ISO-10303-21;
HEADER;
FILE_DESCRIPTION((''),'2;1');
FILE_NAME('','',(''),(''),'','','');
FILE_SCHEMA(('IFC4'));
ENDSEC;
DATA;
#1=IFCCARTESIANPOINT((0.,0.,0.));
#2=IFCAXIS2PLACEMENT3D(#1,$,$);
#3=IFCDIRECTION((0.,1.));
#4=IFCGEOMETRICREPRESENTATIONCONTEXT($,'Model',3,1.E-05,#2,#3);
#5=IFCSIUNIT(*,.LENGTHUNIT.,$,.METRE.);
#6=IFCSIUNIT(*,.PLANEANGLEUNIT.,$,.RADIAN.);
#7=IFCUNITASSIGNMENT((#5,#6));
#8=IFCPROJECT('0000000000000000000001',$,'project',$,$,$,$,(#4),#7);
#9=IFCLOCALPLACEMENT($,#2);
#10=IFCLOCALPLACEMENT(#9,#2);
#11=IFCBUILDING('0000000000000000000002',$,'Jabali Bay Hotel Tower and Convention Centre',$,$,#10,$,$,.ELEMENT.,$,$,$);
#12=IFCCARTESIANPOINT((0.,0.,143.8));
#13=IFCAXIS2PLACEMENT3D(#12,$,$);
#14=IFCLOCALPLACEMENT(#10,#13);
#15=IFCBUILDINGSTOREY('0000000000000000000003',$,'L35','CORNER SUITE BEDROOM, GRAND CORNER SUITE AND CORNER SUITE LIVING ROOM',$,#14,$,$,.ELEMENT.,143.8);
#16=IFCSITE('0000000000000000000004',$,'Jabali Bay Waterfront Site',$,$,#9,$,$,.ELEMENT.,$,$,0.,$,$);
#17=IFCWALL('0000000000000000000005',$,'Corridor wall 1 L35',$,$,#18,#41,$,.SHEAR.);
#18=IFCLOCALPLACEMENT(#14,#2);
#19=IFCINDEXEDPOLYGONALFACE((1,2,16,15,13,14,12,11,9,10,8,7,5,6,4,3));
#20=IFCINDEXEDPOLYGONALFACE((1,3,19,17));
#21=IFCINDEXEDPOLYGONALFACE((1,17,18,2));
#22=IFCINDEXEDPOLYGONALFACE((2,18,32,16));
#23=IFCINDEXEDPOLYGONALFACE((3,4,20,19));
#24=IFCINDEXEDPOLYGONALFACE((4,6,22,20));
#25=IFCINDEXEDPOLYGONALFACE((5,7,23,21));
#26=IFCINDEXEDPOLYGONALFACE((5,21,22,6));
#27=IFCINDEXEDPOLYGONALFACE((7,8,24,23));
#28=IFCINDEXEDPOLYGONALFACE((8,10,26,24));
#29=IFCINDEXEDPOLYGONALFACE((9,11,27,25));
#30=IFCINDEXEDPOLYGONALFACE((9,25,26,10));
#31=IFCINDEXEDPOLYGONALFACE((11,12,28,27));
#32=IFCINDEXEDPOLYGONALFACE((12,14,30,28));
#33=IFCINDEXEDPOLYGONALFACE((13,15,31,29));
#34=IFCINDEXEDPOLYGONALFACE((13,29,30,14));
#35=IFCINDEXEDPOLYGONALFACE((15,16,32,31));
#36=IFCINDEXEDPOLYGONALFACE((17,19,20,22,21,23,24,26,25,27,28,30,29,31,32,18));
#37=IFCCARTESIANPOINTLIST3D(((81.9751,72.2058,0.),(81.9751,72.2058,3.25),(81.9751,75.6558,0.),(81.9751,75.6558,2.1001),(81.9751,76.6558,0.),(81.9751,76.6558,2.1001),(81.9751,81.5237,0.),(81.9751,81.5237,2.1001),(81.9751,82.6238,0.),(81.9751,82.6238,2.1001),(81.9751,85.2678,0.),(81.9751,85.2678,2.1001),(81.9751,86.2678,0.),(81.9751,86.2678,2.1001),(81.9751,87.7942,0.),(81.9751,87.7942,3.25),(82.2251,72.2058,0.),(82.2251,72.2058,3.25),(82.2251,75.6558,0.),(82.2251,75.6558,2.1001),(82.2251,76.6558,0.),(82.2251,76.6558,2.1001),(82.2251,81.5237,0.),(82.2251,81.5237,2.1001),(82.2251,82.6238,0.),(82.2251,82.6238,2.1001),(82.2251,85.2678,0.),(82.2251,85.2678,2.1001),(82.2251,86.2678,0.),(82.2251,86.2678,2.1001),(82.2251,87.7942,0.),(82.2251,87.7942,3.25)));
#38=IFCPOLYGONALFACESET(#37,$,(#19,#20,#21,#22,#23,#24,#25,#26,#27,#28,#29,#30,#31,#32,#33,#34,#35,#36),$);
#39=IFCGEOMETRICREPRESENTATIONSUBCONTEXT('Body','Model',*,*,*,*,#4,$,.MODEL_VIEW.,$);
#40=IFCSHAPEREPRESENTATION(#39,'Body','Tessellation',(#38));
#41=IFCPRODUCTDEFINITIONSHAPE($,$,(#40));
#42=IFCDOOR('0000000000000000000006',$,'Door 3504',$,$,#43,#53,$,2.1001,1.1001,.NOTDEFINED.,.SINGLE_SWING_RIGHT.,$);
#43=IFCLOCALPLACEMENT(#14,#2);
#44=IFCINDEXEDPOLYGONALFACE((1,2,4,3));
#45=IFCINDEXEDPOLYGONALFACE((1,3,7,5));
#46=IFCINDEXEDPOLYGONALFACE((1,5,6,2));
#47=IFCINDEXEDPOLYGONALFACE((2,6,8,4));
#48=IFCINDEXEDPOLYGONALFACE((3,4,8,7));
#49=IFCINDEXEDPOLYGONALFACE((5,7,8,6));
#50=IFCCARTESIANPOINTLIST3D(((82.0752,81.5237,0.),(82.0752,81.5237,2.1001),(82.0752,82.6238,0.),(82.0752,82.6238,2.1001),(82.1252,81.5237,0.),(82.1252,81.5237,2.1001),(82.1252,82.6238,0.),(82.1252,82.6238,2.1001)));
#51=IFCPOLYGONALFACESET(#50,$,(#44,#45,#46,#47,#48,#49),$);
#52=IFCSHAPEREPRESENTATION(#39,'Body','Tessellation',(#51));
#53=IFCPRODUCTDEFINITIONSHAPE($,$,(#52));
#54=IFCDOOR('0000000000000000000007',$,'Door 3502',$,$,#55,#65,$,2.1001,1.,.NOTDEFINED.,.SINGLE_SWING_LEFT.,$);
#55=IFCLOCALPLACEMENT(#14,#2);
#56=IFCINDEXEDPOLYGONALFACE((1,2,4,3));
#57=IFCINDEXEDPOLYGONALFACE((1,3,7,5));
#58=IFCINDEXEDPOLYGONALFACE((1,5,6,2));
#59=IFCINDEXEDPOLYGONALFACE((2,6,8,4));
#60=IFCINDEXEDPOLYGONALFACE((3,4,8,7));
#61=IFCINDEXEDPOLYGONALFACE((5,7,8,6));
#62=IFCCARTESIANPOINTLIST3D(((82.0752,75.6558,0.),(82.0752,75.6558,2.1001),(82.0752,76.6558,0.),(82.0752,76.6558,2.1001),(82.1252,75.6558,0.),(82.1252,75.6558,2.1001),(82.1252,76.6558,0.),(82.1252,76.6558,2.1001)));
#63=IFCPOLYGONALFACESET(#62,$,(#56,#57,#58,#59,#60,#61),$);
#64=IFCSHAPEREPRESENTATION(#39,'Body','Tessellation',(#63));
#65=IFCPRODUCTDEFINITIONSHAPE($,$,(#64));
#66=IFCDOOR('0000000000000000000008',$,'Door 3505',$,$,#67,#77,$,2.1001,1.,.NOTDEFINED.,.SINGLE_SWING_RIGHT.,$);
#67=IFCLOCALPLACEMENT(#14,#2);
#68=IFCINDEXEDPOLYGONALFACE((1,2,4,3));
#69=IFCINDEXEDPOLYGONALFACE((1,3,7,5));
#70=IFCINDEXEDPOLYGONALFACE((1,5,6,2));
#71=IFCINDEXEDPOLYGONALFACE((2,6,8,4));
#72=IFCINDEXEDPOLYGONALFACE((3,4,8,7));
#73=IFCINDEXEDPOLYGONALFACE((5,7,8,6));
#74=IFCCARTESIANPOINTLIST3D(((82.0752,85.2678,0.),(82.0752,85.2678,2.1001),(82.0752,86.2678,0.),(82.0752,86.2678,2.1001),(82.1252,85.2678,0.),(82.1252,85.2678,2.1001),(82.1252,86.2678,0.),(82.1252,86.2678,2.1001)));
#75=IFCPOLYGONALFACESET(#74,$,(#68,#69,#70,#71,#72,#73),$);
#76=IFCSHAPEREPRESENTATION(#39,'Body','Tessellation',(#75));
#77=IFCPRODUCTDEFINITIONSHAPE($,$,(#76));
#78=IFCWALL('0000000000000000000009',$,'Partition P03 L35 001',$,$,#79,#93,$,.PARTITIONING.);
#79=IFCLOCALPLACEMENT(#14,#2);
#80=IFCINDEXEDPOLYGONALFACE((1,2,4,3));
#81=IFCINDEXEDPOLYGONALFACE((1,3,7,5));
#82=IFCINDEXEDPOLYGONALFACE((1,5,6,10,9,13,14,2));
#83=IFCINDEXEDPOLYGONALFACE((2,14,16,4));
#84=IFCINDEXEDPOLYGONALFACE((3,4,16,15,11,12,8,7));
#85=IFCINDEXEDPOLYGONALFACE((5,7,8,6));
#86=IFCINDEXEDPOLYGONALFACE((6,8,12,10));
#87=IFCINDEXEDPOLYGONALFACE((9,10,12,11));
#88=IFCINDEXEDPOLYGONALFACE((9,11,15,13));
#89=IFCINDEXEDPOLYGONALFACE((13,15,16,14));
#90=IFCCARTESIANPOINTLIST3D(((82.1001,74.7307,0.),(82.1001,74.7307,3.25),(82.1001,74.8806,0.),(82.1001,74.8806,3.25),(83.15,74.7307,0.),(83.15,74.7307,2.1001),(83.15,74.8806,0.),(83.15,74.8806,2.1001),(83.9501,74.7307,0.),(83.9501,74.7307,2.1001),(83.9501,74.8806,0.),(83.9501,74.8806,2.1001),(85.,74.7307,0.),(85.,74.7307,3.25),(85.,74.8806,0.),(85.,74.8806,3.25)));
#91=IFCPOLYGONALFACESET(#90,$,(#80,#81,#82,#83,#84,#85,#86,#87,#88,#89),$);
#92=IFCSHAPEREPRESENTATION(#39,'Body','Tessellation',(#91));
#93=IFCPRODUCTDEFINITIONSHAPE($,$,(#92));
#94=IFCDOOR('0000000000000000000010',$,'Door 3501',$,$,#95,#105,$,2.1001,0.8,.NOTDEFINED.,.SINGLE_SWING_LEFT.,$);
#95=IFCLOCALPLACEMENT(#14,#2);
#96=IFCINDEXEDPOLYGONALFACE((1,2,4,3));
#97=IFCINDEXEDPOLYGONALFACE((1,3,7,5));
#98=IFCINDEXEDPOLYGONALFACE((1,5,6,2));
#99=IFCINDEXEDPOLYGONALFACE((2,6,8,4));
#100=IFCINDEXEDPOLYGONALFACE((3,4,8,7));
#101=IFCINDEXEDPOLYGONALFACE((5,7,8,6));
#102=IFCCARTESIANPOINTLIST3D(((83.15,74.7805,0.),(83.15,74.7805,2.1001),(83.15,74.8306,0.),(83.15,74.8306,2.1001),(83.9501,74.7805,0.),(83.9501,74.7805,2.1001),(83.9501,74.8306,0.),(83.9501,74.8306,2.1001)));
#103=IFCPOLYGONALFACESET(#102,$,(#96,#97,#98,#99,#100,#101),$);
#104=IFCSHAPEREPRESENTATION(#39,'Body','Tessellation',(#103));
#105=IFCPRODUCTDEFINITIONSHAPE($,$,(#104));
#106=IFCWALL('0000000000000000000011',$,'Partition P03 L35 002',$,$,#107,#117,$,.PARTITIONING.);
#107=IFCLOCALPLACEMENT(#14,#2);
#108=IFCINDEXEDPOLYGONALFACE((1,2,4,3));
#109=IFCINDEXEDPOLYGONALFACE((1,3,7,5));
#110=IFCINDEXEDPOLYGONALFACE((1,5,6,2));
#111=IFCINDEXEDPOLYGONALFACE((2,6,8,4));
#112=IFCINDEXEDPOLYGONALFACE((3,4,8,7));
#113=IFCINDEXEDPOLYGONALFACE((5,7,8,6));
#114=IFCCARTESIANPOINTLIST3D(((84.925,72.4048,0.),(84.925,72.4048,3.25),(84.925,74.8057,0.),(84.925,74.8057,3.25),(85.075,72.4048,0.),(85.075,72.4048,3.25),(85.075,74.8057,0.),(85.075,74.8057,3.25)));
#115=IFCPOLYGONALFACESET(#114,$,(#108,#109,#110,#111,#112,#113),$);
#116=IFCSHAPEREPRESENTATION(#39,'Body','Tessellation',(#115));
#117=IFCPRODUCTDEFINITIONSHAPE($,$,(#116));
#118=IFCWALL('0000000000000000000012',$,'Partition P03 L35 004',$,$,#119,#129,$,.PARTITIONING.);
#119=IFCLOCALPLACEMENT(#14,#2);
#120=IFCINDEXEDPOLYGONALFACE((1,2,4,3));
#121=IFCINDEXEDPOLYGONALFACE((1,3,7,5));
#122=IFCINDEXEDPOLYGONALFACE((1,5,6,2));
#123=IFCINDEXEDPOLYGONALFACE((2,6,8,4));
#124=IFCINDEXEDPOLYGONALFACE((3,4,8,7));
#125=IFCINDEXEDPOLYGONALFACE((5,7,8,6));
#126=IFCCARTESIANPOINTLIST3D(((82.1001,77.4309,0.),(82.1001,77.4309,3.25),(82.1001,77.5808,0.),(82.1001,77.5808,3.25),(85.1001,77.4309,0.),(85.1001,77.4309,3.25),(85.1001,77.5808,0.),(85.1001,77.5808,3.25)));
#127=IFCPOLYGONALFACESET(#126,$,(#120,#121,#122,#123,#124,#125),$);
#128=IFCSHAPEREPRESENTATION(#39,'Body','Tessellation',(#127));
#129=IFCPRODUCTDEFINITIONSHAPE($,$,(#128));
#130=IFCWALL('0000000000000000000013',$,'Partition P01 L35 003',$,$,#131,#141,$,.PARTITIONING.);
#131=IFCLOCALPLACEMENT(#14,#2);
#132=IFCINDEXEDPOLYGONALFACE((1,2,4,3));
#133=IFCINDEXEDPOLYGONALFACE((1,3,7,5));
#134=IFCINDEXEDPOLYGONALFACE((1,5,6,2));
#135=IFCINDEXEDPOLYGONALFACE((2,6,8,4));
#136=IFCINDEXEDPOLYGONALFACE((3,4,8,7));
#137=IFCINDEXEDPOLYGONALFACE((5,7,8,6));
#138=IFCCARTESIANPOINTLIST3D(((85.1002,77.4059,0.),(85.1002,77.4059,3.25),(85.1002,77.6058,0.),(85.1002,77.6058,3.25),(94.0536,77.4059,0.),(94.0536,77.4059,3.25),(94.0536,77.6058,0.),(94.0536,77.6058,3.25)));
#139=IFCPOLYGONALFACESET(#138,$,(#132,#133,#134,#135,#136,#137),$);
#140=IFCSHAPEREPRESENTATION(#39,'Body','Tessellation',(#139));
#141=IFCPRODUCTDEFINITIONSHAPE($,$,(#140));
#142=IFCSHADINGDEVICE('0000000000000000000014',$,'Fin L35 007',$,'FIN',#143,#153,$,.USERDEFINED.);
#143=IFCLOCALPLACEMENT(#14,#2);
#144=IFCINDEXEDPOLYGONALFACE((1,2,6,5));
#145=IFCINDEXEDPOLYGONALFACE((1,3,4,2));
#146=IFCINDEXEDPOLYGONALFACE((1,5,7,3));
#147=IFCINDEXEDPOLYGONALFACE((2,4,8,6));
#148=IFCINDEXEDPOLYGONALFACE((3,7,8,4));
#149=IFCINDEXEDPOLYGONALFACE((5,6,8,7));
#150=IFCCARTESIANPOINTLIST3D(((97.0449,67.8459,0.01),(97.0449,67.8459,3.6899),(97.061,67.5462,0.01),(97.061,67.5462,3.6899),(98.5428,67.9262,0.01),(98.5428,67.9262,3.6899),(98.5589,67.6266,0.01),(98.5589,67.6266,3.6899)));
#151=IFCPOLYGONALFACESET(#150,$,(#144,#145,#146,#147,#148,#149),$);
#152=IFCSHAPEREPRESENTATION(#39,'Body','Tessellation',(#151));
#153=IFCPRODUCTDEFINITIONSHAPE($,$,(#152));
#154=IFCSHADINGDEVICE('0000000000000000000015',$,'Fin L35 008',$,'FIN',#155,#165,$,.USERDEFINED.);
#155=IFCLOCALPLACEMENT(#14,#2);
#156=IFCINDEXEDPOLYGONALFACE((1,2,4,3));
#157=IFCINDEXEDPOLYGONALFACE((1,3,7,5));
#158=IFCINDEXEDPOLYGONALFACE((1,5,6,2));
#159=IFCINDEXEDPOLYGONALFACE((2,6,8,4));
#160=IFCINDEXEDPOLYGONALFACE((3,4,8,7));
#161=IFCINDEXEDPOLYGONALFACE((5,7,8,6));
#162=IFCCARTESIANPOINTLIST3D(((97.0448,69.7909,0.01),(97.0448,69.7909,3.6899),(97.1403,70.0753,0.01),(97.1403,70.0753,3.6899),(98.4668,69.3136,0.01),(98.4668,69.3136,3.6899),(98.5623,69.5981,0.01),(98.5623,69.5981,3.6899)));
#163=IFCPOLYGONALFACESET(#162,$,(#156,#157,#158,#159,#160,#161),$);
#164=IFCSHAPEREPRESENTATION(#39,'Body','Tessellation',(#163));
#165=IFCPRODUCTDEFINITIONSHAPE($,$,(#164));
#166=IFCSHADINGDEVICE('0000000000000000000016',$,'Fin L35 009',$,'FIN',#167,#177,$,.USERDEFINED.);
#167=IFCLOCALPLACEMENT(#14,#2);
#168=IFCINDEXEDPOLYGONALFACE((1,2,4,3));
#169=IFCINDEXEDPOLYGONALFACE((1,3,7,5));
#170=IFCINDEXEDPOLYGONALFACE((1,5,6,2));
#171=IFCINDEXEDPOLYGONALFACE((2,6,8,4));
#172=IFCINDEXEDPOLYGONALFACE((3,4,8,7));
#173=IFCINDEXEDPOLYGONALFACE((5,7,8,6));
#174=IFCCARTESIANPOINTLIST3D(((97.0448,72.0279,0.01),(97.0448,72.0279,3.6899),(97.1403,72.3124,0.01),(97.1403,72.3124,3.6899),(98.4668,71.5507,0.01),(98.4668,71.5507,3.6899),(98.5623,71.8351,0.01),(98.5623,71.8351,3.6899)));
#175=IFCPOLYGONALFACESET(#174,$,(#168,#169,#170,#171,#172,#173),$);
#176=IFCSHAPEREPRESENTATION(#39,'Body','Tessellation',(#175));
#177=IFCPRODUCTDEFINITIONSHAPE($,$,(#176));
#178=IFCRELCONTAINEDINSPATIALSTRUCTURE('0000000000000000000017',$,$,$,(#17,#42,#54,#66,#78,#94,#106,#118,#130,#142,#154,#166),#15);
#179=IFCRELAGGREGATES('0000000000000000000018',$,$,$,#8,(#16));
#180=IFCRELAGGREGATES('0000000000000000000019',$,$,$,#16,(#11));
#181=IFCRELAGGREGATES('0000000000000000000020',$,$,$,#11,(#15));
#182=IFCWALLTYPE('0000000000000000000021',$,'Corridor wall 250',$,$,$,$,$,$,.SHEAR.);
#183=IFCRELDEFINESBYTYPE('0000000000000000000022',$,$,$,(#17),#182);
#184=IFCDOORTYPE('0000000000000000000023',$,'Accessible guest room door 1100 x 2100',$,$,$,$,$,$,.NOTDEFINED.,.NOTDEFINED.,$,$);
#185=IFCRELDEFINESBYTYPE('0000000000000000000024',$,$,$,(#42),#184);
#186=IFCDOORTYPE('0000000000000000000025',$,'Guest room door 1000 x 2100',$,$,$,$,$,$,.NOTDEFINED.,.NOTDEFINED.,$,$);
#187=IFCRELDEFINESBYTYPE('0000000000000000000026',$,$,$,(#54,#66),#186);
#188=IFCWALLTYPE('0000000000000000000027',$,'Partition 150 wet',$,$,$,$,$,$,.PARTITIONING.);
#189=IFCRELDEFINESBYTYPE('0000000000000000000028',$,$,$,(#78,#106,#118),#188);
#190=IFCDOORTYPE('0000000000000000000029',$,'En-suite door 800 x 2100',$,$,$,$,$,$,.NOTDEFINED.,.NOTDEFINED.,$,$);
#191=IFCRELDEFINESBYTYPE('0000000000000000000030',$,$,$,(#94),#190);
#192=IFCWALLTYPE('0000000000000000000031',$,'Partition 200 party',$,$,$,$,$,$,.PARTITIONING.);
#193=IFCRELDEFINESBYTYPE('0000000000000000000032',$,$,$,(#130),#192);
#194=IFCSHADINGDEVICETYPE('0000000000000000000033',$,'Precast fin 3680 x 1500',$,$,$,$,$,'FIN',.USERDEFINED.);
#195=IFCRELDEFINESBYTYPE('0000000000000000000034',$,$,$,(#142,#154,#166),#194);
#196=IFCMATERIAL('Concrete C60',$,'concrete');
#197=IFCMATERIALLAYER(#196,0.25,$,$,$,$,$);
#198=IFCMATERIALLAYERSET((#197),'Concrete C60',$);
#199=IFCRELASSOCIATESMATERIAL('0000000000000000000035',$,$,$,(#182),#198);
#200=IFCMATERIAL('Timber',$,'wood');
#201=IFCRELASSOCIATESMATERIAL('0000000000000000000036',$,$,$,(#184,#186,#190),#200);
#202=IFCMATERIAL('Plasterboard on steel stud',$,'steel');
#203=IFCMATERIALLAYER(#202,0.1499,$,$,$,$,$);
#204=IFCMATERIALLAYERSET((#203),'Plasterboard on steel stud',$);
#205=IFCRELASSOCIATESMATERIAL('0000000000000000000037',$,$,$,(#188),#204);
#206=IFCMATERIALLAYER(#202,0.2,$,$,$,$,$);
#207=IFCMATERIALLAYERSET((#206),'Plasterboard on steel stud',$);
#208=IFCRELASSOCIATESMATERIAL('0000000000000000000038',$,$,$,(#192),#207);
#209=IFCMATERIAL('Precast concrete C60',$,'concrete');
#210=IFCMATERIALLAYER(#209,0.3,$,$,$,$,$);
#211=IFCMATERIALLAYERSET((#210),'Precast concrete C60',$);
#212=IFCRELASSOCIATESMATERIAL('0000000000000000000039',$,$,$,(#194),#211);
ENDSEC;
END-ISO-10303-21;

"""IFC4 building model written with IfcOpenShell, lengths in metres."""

from ifc_helpers import new_model, si_unit, direction, frame, frame_2d, origin, place, context, subcontext, project, spatial, rectangle, extrude, material, layer, layer_set, type_object, element, fill, save


model = new_model("IFC4")

# Units and contexts
model_context = context("Model", 3, precision=1e-05, world=origin(), true_north=direction((0.0, 1.0)))
body_context = subcontext(model_context, "Body", "Model", "MODEL_VIEW")
ifc_project = project(units=[si_unit("LENGTHUNIT", "METRE"), si_unit("PLANEANGLEUNIT", "RADIAN")], contexts=[model_context])

# Site, building, storey
site_placement = place(None, origin())
site = spatial("IfcSite", under=ifc_project, at=site_placement, Name="Jabali Bay Waterfront Site", CompositionType="ELEMENT", RefElevation=0.0)
building_placement = place(site_placement, origin())
building = spatial("IfcBuilding", under=site, at=building_placement, Name="Jabali Bay Hotel Tower and Convention Centre", CompositionType="ELEMENT")
storey_placement = place(building_placement, frame((0.0, 0.0, 143.8)))
storey = spatial("IfcBuildingStorey", under=building, at=storey_placement, Name="L35", Description="CORNER SUITE BEDROOM, GRAND CORNER SUITE AND CORNER SUITE LIVING ROOM", CompositionType="ELEMENT", Elevation=143.8)

# Shared definitions
ifc_material_1 = material(Name="Concrete C60", Category="concrete")

# Wall, openings, doors
ifc_layer_1 = layer(ifc_material_1, 0.25)
ifc_layer_set_1 = layer_set([ifc_layer_1], Name="Concrete C60")
wall_type_1 = type_object("IfcWallType", Name="Corridor wall 250", PredefinedType="SHEAR", material=ifc_layer_set_1)
wall_1_placement = place(storey_placement, frame((82.1001, 72.2058, 0.0), z_axis=(0.0, 0.0, 1.0), x_axis=(0.0, 1.0, 0.0)))
wall_1 = element("IfcWall", 1, at=wall_1_placement, inside=storey, type_object=wall_type_1, Name="Corridor wall 1 L35", PredefinedType="SHEAR", context=body_context, shape_type="SweptSolid", body=[
    extrude(rectangle(XDim=15.5884, YDim=0.25, at=frame_2d((7.7942, 0.0))), origin(), (0.0, 0.0, 1.0), 3.25),
])
opening_1_placement = place(wall_1_placement, frame((3.45, 0.0, 0.0)))
opening_1 = element("IfcOpeningElement", 2, at=opening_1_placement, cuts=wall_1, PredefinedType="OPENING", context=body_context, shape_type="SweptSolid", body=[
    extrude(rectangle(XDim=1.0, YDim=2.1001, at=frame_2d((0.5, 1.05))), frame((0.0, 0.1355, 0.0), z_axis=(0.0, -1.0, 0.0), x_axis=(1.0, 0.0, 0.0)), (0.0, 0.0, 1.0), 0.271),
])
opening_2_placement = place(wall_1_placement, frame((9.3179, 0.0, 0.0)))
opening_2 = element("IfcOpeningElement", 3, at=opening_2_placement, cuts=wall_1, PredefinedType="OPENING", context=body_context, shape_type="SweptSolid", body=[
    extrude(rectangle(XDim=1.1001, YDim=2.1001, at=frame_2d((0.55, 1.05))), frame((0.0, 0.1355, 0.0), z_axis=(0.0, -1.0, 0.0), x_axis=(1.0, 0.0, 0.0)), (0.0, 0.0, 1.0), 0.271),
])
opening_3_placement = place(wall_1_placement, frame((13.062, 0.0, 0.0)))
opening_3 = element("IfcOpeningElement", 4, at=opening_3_placement, cuts=wall_1, PredefinedType="OPENING", context=body_context, shape_type="SweptSolid", body=[
    extrude(rectangle(XDim=1.0, YDim=2.1001, at=frame_2d((0.5, 1.05))), frame((0.0, 0.1355, 0.0), z_axis=(0.0, -1.0, 0.0), x_axis=(1.0, 0.0, 0.0)), (0.0, 0.0, 1.0), 0.271),
])
ifc_material_2 = material(Name="Timber", Category="wood")
door_type_1 = type_object("IfcDoorType", Name="Accessible guest room door 1100 x 2100", OperationType="NOTDEFINED", PredefinedType="NOTDEFINED", material=ifc_material_2)
door_1_placement = place(opening_2_placement, origin())
door_1 = element("IfcDoor", 5, at=door_1_placement, inside=storey, type_object=door_type_1, Name="Door 3504", OperationType="SINGLE_SWING_RIGHT", OverallHeight=2.1001, OverallWidth=1.1001, PredefinedType="NOTDEFINED", context=body_context, shape_type="SweptSolid", body=[
    extrude(rectangle(XDim=1.1001, YDim=2.1001, at=frame_2d((0.55, 1.05))), frame((0.0, 0.0249, 0.0), z_axis=(0.0, -1.0, 0.0), x_axis=(1.0, 0.0, 0.0)), (0.0, 0.0, 1.0), 0.05),
])
fill(opening_2, door_1)
door_type_2 = type_object("IfcDoorType", Name="Guest room door 1000 x 2100", OperationType="NOTDEFINED", PredefinedType="NOTDEFINED", material=ifc_material_2)
door_2_placement = place(opening_1_placement, origin())
door_2 = element("IfcDoor", 6, at=door_2_placement, inside=storey, type_object=door_type_2, Name="Door 3502", OperationType="SINGLE_SWING_LEFT", OverallHeight=2.1001, OverallWidth=1.0, PredefinedType="NOTDEFINED", context=body_context, shape_type="SweptSolid", body=[
    extrude(rectangle(XDim=1.0, YDim=2.1001, at=frame_2d((0.5, 1.05))), frame((0.0, 0.0249, 0.0), z_axis=(0.0, -1.0, 0.0), x_axis=(1.0, 0.0, 0.0)), (0.0, 0.0, 1.0), 0.05),
])
fill(opening_1, door_2)
door_3_placement = place(opening_3_placement, origin())
door_3 = element("IfcDoor", 7, at=door_3_placement, inside=storey, type_object=door_type_2, Name="Door 3505", OperationType="SINGLE_SWING_RIGHT", OverallHeight=2.1001, OverallWidth=1.0, PredefinedType="NOTDEFINED", context=body_context, shape_type="SweptSolid", body=[
    extrude(rectangle(XDim=1.0, YDim=2.1001, at=frame_2d((0.5, 1.05))), frame((0.0, 0.0249, 0.0), z_axis=(0.0, -1.0, 0.0), x_axis=(1.0, 0.0, 0.0)), (0.0, 0.0, 1.0), 0.05),
])
fill(opening_3, door_3)

# Wall, opening, door
ifc_material_3 = material(Name="Plasterboard on steel stud", Category="steel")
ifc_layer_2 = layer(ifc_material_3, 0.1499)
ifc_layer_set_2 = layer_set([ifc_layer_2], Name="Plasterboard on steel stud")
wall_type_2 = type_object("IfcWallType", Name="Partition 150 wet", PredefinedType="PARTITIONING", material=ifc_layer_set_2)
wall_2_placement = place(storey_placement, frame((82.1001, 74.8057, 0.0), z_axis=(0.0, 0.0, 1.0), x_axis=(1.0, 0.0, 0.0)))
wall_2 = element("IfcWall", 8, at=wall_2_placement, inside=storey, type_object=wall_type_2, Name="Partition P03 L35 001", PredefinedType="PARTITIONING", context=body_context, shape_type="SweptSolid", body=[
    extrude(rectangle(XDim=2.8999, YDim=0.1499, at=frame_2d((1.45, 0.0))), origin(), (0.0, 0.0, 1.0), 3.25),
])
opening_4_placement = place(wall_2_placement, frame((1.05, 0.0, 0.0)))
opening_4 = element("IfcOpeningElement", 9, at=opening_4_placement, cuts=wall_2, PredefinedType="OPENING", context=body_context, shape_type="SweptSolid", body=[
    extrude(rectangle(XDim=0.8, YDim=2.1001, at=frame_2d((0.3999, 1.05))), frame((0.0, 0.0854, 0.0), z_axis=(0.0, -1.0, 0.0), x_axis=(1.0, 0.0, 0.0)), (0.0, 0.0, 1.0), 0.1709),
])
door_type_3 = type_object("IfcDoorType", Name="En-suite door 800 x 2100", OperationType="NOTDEFINED", PredefinedType="NOTDEFINED", material=ifc_material_2)
door_4_placement = place(opening_4_placement, origin())
door_4 = element("IfcDoor", 10, at=door_4_placement, inside=storey, type_object=door_type_3, Name="Door 3501", OperationType="SINGLE_SWING_LEFT", OverallHeight=2.1001, OverallWidth=0.8, PredefinedType="NOTDEFINED", context=body_context, shape_type="SweptSolid", body=[
    extrude(rectangle(XDim=0.8, YDim=2.1001, at=frame_2d((0.3999, 1.05))), frame((0.0, 0.0249, 0.0), z_axis=(0.0, -1.0, 0.0), x_axis=(1.0, 0.0, 0.0)), (0.0, 0.0, 1.0), 0.05),
])
fill(opening_4, door_4)

# Walls
wall_3_placement = place(storey_placement, frame((85.0, 74.8057, 0.0), z_axis=(0.0, 0.0, 1.0), x_axis=(0.0, -1.0, 0.0)))
element("IfcWall", 11, at=wall_3_placement, inside=storey, type_object=wall_type_2, Name="Partition P03 L35 002", PredefinedType="PARTITIONING", context=body_context, shape_type="SweptSolid", body=[
    extrude(rectangle(XDim=2.4009, YDim=0.1499, at=frame_2d((1.2004, 0.0))), origin(), (0.0, 0.0, 1.0), 3.25),
])
wall_4_placement = place(storey_placement, frame((85.1001, 77.5059, 0.0), z_axis=(0.0, 0.0, 1.0), x_axis=(-1.0, 0.0, 0.0)))
element("IfcWall", 12, at=wall_4_placement, inside=storey, type_object=wall_type_2, Name="Partition P03 L35 004", PredefinedType="PARTITIONING", context=body_context, shape_type="SweptSolid", body=[
    extrude(rectangle(XDim=3.0, YDim=0.1499, at=frame_2d((1.5, 0.0))), origin(), (0.0, 0.0, 1.0), 3.25),
])
ifc_layer_3 = layer(ifc_material_3, 0.2)
ifc_layer_set_3 = layer_set([ifc_layer_3], Name="Plasterboard on steel stud")
wall_type_3 = type_object("IfcWallType", Name="Partition 200 party", PredefinedType="PARTITIONING", material=ifc_layer_set_3)
wall_5_placement = place(storey_placement, frame((94.0535, 77.5059, 0.0), z_axis=(0.0, 0.0, 1.0), x_axis=(-1.0, 0.0, 0.0)))
element("IfcWall", 13, at=wall_5_placement, inside=storey, type_object=wall_type_3, Name="Partition P01 L35 003", PredefinedType="PARTITIONING", context=body_context, shape_type="SweptSolid", body=[
    extrude(rectangle(XDim=8.9534, YDim=0.2, at=frame_2d((4.4766, 0.0))), origin(), (0.0, 0.0, 1.0), 3.25),
])

# Shading devices
ifc_material_4 = material(Name="Precast concrete C60", Category="concrete")
ifc_layer_4 = layer(ifc_material_4, 0.3)
ifc_layer_set_4 = layer_set([ifc_layer_4], Name="Precast concrete C60")
shading_device_type = type_object("IfcShadingDeviceType", Name="Precast fin 3680 x 1500", ElementType="FIN", PredefinedType="USERDEFINED", material=ifc_layer_set_4)
for number, where, z_axis, x_axis, name in (
    (14, (97.053, 67.696, 0.01), (0.0, 0.0, 1.0), (0.998565, 0.05355, 0.0), "Fin L35 007"),
    (15, (97.0925, 69.9331, 0.01), (0.0, 0.0, 1.0), (0.94803, -0.31818, 0.0), "Fin L35 008"),
    (16, (97.0925, 72.1702, 0.01), (0.0, 0.0, 1.0), (0.94803, -0.31818, 0.0), "Fin L35 009"),
):
    element("IfcShadingDevice", number, at=place(storey_placement, frame(where, z_axis=z_axis, x_axis=x_axis)), inside=storey, type_object=shading_device_type, Name=name, ObjectType="FIN", PredefinedType="USERDEFINED", context=body_context, shape_type="SweptSolid", body=[
        extrude(rectangle(XDim=1.5, YDim=0.3, at=frame_2d((0.75, 0.0))), origin(), (0.0, 0.0, 1.0), 3.6799),
    ])

save(model, "model.ifc")
